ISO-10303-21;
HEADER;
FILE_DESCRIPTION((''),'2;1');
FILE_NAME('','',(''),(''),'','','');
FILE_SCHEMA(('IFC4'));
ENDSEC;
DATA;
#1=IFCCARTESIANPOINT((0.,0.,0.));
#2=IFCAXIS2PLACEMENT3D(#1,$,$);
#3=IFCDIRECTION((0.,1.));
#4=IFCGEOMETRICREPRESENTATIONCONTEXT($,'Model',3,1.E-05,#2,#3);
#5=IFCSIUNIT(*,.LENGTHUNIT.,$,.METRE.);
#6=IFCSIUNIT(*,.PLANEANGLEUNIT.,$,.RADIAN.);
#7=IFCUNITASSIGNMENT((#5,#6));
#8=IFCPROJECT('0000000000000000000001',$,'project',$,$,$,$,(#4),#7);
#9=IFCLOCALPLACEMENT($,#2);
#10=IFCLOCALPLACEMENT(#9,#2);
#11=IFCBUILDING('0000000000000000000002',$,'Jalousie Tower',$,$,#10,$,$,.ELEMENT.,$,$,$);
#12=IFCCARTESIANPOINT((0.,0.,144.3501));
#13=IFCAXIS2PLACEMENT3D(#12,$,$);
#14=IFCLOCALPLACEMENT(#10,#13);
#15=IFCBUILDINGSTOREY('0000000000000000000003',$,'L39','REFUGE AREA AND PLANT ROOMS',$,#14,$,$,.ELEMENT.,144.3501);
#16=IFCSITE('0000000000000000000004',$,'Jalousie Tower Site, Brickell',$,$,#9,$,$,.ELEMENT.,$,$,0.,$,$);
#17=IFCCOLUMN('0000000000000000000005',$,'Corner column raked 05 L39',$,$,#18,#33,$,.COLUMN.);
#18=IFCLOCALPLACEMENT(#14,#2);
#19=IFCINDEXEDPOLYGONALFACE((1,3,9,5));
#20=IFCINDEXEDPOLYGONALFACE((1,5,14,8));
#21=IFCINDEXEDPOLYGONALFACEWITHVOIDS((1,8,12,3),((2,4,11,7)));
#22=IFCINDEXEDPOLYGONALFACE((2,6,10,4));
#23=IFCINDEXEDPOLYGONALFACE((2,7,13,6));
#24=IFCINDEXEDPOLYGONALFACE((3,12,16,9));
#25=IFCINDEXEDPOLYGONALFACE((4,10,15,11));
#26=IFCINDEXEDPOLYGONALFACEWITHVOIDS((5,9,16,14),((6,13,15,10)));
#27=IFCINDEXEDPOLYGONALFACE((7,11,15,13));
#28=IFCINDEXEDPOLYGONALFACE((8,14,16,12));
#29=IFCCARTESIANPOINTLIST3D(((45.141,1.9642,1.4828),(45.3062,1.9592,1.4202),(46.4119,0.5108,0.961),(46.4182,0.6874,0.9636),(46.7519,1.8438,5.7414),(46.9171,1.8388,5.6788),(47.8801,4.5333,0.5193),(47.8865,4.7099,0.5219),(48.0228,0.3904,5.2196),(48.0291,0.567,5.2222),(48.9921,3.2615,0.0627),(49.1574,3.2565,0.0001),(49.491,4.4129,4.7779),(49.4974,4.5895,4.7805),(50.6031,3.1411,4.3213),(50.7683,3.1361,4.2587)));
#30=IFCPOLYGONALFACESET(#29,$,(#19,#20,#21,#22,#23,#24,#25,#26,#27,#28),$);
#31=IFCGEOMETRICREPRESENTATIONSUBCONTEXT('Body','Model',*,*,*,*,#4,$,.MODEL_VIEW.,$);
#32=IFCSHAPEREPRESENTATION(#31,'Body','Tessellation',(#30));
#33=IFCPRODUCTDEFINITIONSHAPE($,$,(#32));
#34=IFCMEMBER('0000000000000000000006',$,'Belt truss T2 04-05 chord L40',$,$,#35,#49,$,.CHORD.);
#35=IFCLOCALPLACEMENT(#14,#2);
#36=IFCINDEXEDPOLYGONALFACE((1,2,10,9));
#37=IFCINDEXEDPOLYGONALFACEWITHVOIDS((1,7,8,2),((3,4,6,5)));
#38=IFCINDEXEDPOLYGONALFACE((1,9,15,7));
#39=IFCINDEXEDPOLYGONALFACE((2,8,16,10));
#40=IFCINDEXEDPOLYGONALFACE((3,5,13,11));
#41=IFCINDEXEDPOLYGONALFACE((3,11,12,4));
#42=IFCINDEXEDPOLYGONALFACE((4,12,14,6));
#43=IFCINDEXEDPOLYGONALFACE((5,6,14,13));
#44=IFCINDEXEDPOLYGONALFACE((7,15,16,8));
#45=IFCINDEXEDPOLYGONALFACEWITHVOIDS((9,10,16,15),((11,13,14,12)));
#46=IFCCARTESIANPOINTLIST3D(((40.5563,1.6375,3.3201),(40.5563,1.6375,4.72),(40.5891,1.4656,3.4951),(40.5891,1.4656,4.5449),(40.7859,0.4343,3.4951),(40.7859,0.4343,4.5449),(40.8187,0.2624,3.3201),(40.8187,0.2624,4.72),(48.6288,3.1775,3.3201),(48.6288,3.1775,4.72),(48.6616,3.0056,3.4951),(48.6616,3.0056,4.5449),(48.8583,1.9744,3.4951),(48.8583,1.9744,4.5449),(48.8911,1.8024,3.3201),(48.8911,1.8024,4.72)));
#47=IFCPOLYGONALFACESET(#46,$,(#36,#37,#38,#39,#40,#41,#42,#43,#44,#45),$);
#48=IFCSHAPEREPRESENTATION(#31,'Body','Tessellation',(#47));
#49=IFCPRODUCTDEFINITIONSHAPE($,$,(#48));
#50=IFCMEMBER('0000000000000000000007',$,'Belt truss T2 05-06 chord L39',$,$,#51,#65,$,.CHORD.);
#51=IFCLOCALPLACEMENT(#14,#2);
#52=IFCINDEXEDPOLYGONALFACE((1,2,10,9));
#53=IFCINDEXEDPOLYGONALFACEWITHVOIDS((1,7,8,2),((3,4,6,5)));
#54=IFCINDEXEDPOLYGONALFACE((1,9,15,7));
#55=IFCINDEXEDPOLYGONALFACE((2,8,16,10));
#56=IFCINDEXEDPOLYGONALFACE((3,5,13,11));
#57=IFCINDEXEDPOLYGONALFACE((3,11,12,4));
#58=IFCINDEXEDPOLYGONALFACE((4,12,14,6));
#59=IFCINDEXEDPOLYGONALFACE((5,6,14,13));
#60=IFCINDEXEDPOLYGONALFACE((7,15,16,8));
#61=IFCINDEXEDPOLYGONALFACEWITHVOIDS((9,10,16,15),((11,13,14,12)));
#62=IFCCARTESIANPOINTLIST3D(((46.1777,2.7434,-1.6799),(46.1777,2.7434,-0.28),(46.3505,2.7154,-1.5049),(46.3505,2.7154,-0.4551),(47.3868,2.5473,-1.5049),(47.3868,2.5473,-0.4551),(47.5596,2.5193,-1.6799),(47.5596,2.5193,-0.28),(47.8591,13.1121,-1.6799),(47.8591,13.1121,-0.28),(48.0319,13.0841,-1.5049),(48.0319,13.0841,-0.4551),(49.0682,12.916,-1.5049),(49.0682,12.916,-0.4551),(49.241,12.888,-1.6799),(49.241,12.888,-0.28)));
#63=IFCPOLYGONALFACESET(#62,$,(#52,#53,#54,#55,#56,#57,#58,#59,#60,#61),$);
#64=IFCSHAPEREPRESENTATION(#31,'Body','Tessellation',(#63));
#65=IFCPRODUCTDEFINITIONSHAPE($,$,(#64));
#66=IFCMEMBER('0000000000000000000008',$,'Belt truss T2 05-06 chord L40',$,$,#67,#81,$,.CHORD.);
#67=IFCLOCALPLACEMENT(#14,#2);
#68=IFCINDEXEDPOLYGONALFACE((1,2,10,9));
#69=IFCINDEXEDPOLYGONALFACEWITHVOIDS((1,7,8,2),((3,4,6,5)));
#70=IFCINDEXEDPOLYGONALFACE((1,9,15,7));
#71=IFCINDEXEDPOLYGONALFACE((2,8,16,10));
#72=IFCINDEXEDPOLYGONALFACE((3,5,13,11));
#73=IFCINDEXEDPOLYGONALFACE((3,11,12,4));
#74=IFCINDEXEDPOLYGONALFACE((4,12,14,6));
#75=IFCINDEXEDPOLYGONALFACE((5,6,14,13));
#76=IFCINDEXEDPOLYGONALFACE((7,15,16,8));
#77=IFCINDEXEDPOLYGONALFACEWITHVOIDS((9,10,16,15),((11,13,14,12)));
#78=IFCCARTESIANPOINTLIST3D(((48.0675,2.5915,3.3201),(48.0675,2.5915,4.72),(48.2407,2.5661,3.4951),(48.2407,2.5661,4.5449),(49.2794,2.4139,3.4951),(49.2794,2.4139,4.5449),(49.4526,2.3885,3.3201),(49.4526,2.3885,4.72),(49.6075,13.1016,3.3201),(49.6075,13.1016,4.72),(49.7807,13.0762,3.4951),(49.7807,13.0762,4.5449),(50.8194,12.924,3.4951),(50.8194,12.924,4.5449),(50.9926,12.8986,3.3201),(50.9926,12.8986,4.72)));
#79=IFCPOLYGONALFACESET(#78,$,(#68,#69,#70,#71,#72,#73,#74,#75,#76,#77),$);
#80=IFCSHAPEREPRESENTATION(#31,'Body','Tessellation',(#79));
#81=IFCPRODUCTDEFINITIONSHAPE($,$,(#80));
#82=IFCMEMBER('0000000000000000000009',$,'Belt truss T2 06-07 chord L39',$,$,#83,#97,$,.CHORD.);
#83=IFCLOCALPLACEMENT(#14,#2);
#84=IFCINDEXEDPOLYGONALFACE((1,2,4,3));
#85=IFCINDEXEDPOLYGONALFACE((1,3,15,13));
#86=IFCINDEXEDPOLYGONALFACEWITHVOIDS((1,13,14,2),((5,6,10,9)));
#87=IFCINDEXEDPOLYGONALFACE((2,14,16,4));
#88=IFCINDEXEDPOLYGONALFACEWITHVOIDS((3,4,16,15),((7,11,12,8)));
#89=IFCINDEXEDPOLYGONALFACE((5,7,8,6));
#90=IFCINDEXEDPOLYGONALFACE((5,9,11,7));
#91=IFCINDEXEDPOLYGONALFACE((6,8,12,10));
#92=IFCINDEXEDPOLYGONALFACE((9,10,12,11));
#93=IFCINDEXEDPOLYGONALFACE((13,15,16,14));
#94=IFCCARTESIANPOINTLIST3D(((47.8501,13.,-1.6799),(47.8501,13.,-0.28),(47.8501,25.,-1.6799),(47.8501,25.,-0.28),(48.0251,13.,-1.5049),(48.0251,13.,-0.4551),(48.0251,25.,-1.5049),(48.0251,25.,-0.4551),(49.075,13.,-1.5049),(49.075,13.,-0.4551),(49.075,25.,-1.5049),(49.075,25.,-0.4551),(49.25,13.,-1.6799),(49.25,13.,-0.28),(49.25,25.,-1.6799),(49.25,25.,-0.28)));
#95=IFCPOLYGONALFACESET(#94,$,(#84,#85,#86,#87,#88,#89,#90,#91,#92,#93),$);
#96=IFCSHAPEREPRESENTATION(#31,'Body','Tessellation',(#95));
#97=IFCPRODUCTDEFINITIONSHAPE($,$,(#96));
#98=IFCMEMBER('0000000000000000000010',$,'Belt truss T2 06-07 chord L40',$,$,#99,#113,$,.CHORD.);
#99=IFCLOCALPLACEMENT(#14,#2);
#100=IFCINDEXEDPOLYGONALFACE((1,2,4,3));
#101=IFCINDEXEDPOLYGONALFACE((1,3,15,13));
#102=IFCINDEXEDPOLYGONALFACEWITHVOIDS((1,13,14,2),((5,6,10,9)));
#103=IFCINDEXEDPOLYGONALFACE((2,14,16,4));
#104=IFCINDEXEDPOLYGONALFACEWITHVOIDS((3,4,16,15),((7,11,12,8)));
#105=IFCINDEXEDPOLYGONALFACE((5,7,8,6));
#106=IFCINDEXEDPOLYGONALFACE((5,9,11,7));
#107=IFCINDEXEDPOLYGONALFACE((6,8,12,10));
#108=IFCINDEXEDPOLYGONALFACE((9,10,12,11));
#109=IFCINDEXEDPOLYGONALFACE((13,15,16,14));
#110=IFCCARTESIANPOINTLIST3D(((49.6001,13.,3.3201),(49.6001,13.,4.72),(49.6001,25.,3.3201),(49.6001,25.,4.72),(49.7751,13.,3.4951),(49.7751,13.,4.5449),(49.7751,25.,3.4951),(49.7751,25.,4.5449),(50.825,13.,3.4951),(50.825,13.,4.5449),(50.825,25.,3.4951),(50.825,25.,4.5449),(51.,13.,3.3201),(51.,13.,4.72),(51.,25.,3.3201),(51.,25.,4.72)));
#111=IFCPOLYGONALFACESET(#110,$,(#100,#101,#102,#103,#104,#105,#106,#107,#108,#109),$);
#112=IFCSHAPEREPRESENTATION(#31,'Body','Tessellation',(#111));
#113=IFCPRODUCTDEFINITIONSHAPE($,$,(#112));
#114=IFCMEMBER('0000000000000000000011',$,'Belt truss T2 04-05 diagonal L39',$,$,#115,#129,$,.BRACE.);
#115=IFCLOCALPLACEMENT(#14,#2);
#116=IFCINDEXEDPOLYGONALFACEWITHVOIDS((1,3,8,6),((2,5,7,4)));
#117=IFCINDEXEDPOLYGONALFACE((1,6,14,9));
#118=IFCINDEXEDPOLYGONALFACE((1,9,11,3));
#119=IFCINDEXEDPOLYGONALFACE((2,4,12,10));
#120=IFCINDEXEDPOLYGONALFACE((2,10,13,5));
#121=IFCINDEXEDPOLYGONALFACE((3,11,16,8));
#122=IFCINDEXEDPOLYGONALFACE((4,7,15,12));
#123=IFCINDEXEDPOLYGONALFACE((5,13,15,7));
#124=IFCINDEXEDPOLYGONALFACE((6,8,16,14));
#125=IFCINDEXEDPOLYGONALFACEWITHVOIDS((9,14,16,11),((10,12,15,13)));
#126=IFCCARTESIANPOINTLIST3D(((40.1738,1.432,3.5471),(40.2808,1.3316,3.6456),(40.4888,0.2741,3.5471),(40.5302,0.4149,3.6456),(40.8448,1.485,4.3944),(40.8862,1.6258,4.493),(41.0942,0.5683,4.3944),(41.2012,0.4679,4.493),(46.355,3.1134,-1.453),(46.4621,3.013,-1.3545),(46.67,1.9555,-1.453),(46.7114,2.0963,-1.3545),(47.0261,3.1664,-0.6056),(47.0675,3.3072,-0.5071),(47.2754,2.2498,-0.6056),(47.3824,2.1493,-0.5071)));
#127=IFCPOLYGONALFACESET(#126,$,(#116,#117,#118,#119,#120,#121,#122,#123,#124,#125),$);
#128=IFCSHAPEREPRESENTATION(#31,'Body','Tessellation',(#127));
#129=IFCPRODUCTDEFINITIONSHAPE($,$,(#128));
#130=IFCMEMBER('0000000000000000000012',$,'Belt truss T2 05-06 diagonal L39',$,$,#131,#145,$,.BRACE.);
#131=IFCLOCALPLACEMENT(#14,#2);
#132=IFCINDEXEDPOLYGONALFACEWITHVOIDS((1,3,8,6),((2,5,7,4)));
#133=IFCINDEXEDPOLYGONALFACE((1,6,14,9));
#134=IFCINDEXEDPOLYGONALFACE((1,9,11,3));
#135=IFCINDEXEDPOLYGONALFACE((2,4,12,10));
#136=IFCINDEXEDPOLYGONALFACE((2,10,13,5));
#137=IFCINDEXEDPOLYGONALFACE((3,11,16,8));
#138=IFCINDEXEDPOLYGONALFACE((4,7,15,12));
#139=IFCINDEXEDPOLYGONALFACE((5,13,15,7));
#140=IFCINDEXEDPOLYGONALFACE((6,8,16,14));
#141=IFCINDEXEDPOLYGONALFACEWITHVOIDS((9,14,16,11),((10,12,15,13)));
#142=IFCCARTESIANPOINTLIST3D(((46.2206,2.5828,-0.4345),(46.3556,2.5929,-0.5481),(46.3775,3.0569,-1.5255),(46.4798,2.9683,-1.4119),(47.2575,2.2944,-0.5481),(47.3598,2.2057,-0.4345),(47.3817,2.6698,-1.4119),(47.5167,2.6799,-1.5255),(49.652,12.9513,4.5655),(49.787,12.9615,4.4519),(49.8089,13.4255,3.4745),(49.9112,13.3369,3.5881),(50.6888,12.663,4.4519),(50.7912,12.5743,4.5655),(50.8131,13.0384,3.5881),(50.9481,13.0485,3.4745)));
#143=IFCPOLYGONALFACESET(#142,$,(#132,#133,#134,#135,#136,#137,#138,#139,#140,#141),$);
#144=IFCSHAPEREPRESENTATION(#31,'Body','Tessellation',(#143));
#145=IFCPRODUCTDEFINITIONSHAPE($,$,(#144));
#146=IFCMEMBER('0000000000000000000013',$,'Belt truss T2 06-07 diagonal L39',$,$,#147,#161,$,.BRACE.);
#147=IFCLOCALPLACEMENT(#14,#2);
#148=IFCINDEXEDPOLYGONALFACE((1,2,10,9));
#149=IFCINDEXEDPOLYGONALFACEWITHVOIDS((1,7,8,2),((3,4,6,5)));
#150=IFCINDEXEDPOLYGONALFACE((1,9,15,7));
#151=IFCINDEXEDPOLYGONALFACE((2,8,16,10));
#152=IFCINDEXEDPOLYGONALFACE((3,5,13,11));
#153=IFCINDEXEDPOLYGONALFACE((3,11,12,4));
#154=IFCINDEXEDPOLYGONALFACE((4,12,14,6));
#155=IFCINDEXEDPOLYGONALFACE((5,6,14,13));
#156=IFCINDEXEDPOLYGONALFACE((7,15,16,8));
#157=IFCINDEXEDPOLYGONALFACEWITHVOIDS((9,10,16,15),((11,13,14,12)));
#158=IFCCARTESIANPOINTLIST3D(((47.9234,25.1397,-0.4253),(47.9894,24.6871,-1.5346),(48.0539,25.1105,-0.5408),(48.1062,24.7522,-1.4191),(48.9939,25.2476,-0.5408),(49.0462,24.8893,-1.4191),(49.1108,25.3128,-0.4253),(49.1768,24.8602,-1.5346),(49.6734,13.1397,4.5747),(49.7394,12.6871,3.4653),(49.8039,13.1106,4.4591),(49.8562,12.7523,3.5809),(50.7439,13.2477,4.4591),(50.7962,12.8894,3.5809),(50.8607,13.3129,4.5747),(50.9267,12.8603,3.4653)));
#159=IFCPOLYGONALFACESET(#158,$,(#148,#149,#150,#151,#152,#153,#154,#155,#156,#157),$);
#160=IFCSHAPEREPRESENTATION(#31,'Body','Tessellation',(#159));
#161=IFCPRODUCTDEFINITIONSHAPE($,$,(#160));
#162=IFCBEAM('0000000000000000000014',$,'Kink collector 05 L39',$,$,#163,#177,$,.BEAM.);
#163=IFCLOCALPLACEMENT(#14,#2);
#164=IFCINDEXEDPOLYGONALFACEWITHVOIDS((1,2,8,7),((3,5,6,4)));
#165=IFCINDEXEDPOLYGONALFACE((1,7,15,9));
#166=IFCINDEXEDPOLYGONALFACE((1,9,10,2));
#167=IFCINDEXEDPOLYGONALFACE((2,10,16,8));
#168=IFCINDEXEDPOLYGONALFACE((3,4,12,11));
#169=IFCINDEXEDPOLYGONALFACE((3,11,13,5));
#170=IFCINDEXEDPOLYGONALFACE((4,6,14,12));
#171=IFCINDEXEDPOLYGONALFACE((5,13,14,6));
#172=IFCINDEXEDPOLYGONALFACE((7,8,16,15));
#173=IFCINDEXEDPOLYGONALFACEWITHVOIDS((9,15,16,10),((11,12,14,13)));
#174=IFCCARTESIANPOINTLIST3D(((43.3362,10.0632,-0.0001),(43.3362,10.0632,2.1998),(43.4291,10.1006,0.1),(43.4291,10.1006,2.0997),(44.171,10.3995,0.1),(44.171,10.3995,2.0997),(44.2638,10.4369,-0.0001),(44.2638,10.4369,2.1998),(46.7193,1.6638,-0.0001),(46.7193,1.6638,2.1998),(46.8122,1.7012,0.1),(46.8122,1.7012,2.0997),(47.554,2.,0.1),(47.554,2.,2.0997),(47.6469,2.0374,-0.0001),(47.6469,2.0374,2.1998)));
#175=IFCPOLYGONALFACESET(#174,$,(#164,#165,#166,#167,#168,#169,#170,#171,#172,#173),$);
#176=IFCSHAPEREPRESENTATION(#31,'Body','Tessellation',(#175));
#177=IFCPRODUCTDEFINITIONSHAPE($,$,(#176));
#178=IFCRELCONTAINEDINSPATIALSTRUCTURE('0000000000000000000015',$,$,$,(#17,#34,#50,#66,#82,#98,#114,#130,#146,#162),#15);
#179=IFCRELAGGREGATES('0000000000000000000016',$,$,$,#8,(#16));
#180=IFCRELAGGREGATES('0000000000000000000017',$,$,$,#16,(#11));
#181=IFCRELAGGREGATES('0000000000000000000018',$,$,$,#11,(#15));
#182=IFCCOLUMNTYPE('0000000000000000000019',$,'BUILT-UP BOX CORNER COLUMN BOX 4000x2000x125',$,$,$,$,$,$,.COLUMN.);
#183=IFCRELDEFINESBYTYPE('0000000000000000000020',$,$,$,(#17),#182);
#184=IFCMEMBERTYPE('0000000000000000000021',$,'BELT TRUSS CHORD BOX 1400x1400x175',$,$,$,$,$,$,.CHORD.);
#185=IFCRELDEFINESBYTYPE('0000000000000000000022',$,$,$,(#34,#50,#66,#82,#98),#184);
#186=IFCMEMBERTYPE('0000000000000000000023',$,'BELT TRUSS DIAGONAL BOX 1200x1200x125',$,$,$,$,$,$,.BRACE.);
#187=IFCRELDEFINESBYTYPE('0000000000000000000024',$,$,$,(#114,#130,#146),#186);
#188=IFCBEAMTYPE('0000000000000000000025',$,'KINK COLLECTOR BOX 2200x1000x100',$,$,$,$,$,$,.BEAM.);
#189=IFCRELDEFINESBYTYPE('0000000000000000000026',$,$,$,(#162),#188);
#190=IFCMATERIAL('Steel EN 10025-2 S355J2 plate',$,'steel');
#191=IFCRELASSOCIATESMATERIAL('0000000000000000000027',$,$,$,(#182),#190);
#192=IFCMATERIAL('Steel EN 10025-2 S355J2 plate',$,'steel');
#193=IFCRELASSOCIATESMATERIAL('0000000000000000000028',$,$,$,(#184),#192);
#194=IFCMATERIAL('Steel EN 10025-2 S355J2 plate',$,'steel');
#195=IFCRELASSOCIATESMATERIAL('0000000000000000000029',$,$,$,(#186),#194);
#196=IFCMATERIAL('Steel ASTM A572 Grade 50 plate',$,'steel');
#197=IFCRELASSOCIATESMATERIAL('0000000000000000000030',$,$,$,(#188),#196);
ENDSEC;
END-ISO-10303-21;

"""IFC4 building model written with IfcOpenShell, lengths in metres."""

from ifc_helpers import new_model, si_unit, direction, frame, origin, origin_2d, place, context, subcontext, project, spatial, hollow_rectangle, extrude, material, material_profile, profile_set, type_object, element, save


model = new_model("IFC4")

# Units and contexts
model_context = context("Model", 3, precision=1e-05, world=origin(), true_north=direction((0.0, 1.0)))
body_context = subcontext(model_context, "Body", "Model", "MODEL_VIEW")
ifc_project = project(units=[si_unit("LENGTHUNIT", "METRE"), si_unit("PLANEANGLEUNIT", "RADIAN")], contexts=[model_context])

# Site, building, storey
site_placement = place(None, origin())
site = spatial("IfcSite", under=ifc_project, at=site_placement, Name="Jalousie Tower Site, Brickell", CompositionType="ELEMENT", RefElevation=0.0)
building_placement = place(site_placement, origin())
building = spatial("IfcBuilding", under=site, at=building_placement, Name="Jalousie Tower", CompositionType="ELEMENT")
storey_placement = place(building_placement, frame((0.0, 0.0, 144.3501)))
storey = spatial("IfcBuildingStorey", under=building, at=storey_placement, Name="L39", Description="REFUGE AREA AND PLANT ROOMS", CompositionType="ELEMENT", Elevation=144.3501)

# Column
ifc_material_1 = material(Name="Steel EN 10025-2 S355J2 plate", Category="steel")
ifc_material_profile_1 = material_profile(ifc_material_1, hollow_rectangle(XDim=2.0, YDim=4.0, WallThickness=0.125, at=origin_2d()), Name="BOX 4000x2000x125")
ifc_profile_set_1 = profile_set([ifc_material_profile_1], Name="Steel EN 10025-2 S355J2 plate")
column_type = type_object("IfcColumnType", Name="BUILT-UP BOX CORNER COLUMN BOX 4000x2000x125", PredefinedType="COLUMN", material=ifc_profile_set_1)
column_placement = place(storey_placement, frame((47.1492, 2.6104, 0.7415), z_axis=(0.353681, -0.026434, 0.934993), x_axis=(-0.635447, 0.726725, 0.260917)))
element("IfcColumn", 1, at=column_placement, inside=storey, type_object=column_type, Name="Corner column raked 05 L39", PredefinedType="COLUMN", context=body_context, shape_type="SweptSolid", body=[
    extrude(hollow_rectangle(XDim=2.0, YDim=4.0, WallThickness=0.125, at=origin_2d()), origin(), (0.0, 0.0, 1.0), 4.5547),
])

# Members
ifc_material_2 = material(Name="Steel EN 10025-2 S355J2 plate", Category="steel")
ifc_material_profile_2 = material_profile(ifc_material_2, hollow_rectangle(XDim=1.3999, YDim=1.3999, WallThickness=0.175, at=origin_2d()), Name="BOX 1400x1400x175")
ifc_profile_set_2 = profile_set([ifc_material_profile_2], Name="Steel EN 10025-2 S355J2 plate")
member_type_1 = type_object("IfcMemberType", Name="BELT TRUSS CHORD BOX 1400x1400x175", PredefinedType="CHORD", material=ifc_profile_set_2)
member_1_placement = place(storey_placement, frame((40.6875, 0.95, 4.02), z_axis=(0.982284, 0.187396, 0.0), x_axis=(-0.187396, 0.982284, 0.0)))
element("IfcMember", 2, at=member_1_placement, inside=storey, type_object=member_type_1, Name="Belt truss T2 04-05 chord L40", PredefinedType="CHORD", context=body_context, shape_type="SweptSolid", body=[
    extrude(hollow_rectangle(XDim=1.3999, YDim=1.3999, WallThickness=0.175, at=origin_2d()), origin(), (0.0, 0.0, 1.0), 8.218),
])
member_2_placement = place(storey_placement, frame((46.8687, 2.6313, -0.98), z_axis=(0.160071, 0.987106, 0.0), x_axis=(-0.987106, 0.160071, 0.0)))
element("IfcMember", 3, at=member_2_placement, inside=storey, type_object=member_type_1, Name="Belt truss T2 05-06 chord L39", PredefinedType="CHORD", context=body_context, shape_type="SweptSolid", body=[
    extrude(hollow_rectangle(XDim=1.3999, YDim=1.3999, WallThickness=0.175, at=origin_2d()), origin(), (0.0, 0.0, 1.0), 10.5042),
])
member_3_placement = place(storey_placement, frame((48.76, 2.49, 4.02), z_axis=(0.144982, 0.989434, 0.0), x_axis=(-0.989434, 0.144982, 0.0)))
element("IfcMember", 4, at=member_3_placement, inside=storey, type_object=member_type_1, Name="Belt truss T2 05-06 chord L40", PredefinedType="CHORD", context=body_context, shape_type="SweptSolid", body=[
    extrude(hollow_rectangle(XDim=1.3999, YDim=1.3999, WallThickness=0.175, at=origin_2d()), origin(), (0.0, 0.0, 1.0), 10.6223),
])
for number, where, z_axis, x_axis, name in (
    (5, (48.55, 13.0, -0.98), (0.0, 1.0, 0.0), (-1.0, 0.0, 0.0), "Belt truss T2 06-07 chord L39"),
    (6, (50.3, 13.0, 4.02), (0.0, 1.0, 0.0), (-1.0, 0.0, 0.0), "Belt truss T2 06-07 chord L40"),
):
    element("IfcMember", number, at=place(storey_placement, frame(where, z_axis=z_axis, x_axis=x_axis)), inside=storey, type_object=member_type_1, Name=name, PredefinedType="CHORD", context=body_context, shape_type="SweptSolid", body=[
        extrude(hollow_rectangle(XDim=1.3999, YDim=1.3999, WallThickness=0.175, at=origin_2d()), origin(), (0.0, 0.0, 1.0), 12.0),
    ])
ifc_material_3 = material(Name="Steel EN 10025-2 S355J2 plate", Category="steel")
ifc_material_profile_3 = material_profile(ifc_material_3, hollow_rectangle(XDim=1.2, YDim=1.2, WallThickness=0.125, at=origin_2d()), Name="BOX 1200x1200x125")
ifc_profile_set_3 = profile_set([ifc_material_profile_3], Name="Steel EN 10025-2 S355J2 plate")
member_type_2 = type_object("IfcMemberType", Name="BELT TRUSS DIAGONAL BOX 1200x1200x125", PredefinedType="BRACE", material=ifc_profile_set_3)
member_4_placement = place(storey_placement, frame((40.6875, 0.95, 4.02), z_axis=(0.760653, 0.206913, -0.6153), x_axis=(-0.262482, 0.964937, 0.0)))
element("IfcMember", 7, at=member_4_placement, inside=storey, type_object=member_type_2, Name="Belt truss T2 04-05 diagonal L39", PredefinedType="BRACE", context=body_context, shape_type="SweptSolid", body=[
    extrude(hollow_rectangle(XDim=1.2, YDim=1.2, WallThickness=0.125, at=origin_2d()), origin(), (0.0, 0.0, 1.0), 8.1262),
])
member_5_placement = place(storey_placement, frame((46.8687, 2.6313, -0.98), z_axis=(0.285669, 0.863205, 0.416257), x_axis=(-0.949363, 0.314182, 0.0)))
element("IfcMember", 8, at=member_5_placement, inside=storey, type_object=member_type_2, Name="Belt truss T2 05-06 diagonal L39", PredefinedType="BRACE", context=body_context, shape_type="SweptSolid", body=[
    extrude(hollow_rectangle(XDim=1.2, YDim=1.2, WallThickness=0.125, at=origin_2d()), origin(), (0.0, 0.0, 1.0), 12.0117),
])
member_6_placement = place(storey_placement, frame((50.3, 13.0, 4.02), z_axis=(-0.133412, 0.914825, -0.381177), x_axis=(-0.989533, -0.144307, 0.0)))
element("IfcMember", 9, at=member_6_placement, inside=storey, type_object=member_type_2, Name="Belt truss T2 06-07 diagonal L39", PredefinedType="BRACE", context=body_context, shape_type="SweptSolid", body=[
    extrude(hollow_rectangle(XDim=1.2, YDim=1.2, WallThickness=0.125, at=origin_2d()), origin(), (0.0, 0.0, 1.0), 13.1172),
])

# Beam
ifc_material_4 = material(Name="Steel ASTM A572 Grade 50 plate", Category="steel")
ifc_material_profile_4 = material_profile(ifc_material_4, hollow_rectangle(XDim=1.0, YDim=2.2, WallThickness=0.1001, at=origin_2d()), Name="BOX 2200x1000x100")
ifc_profile_set_4 = profile_set([ifc_material_profile_4], Name="Steel ASTM A572 Grade 50 plate")
beam_type = type_object("IfcBeamType", Name="KINK COLLECTOR BOX 2200x1000x100", PredefinedType="BEAM", material=ifc_profile_set_4)
beam_placement = place(storey_placement, frame((47.1831, 1.8506, 1.0999), z_axis=(-0.373607, 0.927587, 0.0), x_axis=(-0.927587, -0.373607, 0.0)))
element("IfcBeam", 10, at=beam_placement, inside=storey, type_object=beam_type, Name="Kink collector 05 L39", PredefinedType="BEAM", context=body_context, shape_type="SweptSolid", body=[
    extrude(hollow_rectangle(XDim=1.0, YDim=2.2, WallThickness=0.1001, at=origin_2d()), origin(), (0.0, 0.0, 1.0), 9.0552),
])

save(model, "model.ifc")
